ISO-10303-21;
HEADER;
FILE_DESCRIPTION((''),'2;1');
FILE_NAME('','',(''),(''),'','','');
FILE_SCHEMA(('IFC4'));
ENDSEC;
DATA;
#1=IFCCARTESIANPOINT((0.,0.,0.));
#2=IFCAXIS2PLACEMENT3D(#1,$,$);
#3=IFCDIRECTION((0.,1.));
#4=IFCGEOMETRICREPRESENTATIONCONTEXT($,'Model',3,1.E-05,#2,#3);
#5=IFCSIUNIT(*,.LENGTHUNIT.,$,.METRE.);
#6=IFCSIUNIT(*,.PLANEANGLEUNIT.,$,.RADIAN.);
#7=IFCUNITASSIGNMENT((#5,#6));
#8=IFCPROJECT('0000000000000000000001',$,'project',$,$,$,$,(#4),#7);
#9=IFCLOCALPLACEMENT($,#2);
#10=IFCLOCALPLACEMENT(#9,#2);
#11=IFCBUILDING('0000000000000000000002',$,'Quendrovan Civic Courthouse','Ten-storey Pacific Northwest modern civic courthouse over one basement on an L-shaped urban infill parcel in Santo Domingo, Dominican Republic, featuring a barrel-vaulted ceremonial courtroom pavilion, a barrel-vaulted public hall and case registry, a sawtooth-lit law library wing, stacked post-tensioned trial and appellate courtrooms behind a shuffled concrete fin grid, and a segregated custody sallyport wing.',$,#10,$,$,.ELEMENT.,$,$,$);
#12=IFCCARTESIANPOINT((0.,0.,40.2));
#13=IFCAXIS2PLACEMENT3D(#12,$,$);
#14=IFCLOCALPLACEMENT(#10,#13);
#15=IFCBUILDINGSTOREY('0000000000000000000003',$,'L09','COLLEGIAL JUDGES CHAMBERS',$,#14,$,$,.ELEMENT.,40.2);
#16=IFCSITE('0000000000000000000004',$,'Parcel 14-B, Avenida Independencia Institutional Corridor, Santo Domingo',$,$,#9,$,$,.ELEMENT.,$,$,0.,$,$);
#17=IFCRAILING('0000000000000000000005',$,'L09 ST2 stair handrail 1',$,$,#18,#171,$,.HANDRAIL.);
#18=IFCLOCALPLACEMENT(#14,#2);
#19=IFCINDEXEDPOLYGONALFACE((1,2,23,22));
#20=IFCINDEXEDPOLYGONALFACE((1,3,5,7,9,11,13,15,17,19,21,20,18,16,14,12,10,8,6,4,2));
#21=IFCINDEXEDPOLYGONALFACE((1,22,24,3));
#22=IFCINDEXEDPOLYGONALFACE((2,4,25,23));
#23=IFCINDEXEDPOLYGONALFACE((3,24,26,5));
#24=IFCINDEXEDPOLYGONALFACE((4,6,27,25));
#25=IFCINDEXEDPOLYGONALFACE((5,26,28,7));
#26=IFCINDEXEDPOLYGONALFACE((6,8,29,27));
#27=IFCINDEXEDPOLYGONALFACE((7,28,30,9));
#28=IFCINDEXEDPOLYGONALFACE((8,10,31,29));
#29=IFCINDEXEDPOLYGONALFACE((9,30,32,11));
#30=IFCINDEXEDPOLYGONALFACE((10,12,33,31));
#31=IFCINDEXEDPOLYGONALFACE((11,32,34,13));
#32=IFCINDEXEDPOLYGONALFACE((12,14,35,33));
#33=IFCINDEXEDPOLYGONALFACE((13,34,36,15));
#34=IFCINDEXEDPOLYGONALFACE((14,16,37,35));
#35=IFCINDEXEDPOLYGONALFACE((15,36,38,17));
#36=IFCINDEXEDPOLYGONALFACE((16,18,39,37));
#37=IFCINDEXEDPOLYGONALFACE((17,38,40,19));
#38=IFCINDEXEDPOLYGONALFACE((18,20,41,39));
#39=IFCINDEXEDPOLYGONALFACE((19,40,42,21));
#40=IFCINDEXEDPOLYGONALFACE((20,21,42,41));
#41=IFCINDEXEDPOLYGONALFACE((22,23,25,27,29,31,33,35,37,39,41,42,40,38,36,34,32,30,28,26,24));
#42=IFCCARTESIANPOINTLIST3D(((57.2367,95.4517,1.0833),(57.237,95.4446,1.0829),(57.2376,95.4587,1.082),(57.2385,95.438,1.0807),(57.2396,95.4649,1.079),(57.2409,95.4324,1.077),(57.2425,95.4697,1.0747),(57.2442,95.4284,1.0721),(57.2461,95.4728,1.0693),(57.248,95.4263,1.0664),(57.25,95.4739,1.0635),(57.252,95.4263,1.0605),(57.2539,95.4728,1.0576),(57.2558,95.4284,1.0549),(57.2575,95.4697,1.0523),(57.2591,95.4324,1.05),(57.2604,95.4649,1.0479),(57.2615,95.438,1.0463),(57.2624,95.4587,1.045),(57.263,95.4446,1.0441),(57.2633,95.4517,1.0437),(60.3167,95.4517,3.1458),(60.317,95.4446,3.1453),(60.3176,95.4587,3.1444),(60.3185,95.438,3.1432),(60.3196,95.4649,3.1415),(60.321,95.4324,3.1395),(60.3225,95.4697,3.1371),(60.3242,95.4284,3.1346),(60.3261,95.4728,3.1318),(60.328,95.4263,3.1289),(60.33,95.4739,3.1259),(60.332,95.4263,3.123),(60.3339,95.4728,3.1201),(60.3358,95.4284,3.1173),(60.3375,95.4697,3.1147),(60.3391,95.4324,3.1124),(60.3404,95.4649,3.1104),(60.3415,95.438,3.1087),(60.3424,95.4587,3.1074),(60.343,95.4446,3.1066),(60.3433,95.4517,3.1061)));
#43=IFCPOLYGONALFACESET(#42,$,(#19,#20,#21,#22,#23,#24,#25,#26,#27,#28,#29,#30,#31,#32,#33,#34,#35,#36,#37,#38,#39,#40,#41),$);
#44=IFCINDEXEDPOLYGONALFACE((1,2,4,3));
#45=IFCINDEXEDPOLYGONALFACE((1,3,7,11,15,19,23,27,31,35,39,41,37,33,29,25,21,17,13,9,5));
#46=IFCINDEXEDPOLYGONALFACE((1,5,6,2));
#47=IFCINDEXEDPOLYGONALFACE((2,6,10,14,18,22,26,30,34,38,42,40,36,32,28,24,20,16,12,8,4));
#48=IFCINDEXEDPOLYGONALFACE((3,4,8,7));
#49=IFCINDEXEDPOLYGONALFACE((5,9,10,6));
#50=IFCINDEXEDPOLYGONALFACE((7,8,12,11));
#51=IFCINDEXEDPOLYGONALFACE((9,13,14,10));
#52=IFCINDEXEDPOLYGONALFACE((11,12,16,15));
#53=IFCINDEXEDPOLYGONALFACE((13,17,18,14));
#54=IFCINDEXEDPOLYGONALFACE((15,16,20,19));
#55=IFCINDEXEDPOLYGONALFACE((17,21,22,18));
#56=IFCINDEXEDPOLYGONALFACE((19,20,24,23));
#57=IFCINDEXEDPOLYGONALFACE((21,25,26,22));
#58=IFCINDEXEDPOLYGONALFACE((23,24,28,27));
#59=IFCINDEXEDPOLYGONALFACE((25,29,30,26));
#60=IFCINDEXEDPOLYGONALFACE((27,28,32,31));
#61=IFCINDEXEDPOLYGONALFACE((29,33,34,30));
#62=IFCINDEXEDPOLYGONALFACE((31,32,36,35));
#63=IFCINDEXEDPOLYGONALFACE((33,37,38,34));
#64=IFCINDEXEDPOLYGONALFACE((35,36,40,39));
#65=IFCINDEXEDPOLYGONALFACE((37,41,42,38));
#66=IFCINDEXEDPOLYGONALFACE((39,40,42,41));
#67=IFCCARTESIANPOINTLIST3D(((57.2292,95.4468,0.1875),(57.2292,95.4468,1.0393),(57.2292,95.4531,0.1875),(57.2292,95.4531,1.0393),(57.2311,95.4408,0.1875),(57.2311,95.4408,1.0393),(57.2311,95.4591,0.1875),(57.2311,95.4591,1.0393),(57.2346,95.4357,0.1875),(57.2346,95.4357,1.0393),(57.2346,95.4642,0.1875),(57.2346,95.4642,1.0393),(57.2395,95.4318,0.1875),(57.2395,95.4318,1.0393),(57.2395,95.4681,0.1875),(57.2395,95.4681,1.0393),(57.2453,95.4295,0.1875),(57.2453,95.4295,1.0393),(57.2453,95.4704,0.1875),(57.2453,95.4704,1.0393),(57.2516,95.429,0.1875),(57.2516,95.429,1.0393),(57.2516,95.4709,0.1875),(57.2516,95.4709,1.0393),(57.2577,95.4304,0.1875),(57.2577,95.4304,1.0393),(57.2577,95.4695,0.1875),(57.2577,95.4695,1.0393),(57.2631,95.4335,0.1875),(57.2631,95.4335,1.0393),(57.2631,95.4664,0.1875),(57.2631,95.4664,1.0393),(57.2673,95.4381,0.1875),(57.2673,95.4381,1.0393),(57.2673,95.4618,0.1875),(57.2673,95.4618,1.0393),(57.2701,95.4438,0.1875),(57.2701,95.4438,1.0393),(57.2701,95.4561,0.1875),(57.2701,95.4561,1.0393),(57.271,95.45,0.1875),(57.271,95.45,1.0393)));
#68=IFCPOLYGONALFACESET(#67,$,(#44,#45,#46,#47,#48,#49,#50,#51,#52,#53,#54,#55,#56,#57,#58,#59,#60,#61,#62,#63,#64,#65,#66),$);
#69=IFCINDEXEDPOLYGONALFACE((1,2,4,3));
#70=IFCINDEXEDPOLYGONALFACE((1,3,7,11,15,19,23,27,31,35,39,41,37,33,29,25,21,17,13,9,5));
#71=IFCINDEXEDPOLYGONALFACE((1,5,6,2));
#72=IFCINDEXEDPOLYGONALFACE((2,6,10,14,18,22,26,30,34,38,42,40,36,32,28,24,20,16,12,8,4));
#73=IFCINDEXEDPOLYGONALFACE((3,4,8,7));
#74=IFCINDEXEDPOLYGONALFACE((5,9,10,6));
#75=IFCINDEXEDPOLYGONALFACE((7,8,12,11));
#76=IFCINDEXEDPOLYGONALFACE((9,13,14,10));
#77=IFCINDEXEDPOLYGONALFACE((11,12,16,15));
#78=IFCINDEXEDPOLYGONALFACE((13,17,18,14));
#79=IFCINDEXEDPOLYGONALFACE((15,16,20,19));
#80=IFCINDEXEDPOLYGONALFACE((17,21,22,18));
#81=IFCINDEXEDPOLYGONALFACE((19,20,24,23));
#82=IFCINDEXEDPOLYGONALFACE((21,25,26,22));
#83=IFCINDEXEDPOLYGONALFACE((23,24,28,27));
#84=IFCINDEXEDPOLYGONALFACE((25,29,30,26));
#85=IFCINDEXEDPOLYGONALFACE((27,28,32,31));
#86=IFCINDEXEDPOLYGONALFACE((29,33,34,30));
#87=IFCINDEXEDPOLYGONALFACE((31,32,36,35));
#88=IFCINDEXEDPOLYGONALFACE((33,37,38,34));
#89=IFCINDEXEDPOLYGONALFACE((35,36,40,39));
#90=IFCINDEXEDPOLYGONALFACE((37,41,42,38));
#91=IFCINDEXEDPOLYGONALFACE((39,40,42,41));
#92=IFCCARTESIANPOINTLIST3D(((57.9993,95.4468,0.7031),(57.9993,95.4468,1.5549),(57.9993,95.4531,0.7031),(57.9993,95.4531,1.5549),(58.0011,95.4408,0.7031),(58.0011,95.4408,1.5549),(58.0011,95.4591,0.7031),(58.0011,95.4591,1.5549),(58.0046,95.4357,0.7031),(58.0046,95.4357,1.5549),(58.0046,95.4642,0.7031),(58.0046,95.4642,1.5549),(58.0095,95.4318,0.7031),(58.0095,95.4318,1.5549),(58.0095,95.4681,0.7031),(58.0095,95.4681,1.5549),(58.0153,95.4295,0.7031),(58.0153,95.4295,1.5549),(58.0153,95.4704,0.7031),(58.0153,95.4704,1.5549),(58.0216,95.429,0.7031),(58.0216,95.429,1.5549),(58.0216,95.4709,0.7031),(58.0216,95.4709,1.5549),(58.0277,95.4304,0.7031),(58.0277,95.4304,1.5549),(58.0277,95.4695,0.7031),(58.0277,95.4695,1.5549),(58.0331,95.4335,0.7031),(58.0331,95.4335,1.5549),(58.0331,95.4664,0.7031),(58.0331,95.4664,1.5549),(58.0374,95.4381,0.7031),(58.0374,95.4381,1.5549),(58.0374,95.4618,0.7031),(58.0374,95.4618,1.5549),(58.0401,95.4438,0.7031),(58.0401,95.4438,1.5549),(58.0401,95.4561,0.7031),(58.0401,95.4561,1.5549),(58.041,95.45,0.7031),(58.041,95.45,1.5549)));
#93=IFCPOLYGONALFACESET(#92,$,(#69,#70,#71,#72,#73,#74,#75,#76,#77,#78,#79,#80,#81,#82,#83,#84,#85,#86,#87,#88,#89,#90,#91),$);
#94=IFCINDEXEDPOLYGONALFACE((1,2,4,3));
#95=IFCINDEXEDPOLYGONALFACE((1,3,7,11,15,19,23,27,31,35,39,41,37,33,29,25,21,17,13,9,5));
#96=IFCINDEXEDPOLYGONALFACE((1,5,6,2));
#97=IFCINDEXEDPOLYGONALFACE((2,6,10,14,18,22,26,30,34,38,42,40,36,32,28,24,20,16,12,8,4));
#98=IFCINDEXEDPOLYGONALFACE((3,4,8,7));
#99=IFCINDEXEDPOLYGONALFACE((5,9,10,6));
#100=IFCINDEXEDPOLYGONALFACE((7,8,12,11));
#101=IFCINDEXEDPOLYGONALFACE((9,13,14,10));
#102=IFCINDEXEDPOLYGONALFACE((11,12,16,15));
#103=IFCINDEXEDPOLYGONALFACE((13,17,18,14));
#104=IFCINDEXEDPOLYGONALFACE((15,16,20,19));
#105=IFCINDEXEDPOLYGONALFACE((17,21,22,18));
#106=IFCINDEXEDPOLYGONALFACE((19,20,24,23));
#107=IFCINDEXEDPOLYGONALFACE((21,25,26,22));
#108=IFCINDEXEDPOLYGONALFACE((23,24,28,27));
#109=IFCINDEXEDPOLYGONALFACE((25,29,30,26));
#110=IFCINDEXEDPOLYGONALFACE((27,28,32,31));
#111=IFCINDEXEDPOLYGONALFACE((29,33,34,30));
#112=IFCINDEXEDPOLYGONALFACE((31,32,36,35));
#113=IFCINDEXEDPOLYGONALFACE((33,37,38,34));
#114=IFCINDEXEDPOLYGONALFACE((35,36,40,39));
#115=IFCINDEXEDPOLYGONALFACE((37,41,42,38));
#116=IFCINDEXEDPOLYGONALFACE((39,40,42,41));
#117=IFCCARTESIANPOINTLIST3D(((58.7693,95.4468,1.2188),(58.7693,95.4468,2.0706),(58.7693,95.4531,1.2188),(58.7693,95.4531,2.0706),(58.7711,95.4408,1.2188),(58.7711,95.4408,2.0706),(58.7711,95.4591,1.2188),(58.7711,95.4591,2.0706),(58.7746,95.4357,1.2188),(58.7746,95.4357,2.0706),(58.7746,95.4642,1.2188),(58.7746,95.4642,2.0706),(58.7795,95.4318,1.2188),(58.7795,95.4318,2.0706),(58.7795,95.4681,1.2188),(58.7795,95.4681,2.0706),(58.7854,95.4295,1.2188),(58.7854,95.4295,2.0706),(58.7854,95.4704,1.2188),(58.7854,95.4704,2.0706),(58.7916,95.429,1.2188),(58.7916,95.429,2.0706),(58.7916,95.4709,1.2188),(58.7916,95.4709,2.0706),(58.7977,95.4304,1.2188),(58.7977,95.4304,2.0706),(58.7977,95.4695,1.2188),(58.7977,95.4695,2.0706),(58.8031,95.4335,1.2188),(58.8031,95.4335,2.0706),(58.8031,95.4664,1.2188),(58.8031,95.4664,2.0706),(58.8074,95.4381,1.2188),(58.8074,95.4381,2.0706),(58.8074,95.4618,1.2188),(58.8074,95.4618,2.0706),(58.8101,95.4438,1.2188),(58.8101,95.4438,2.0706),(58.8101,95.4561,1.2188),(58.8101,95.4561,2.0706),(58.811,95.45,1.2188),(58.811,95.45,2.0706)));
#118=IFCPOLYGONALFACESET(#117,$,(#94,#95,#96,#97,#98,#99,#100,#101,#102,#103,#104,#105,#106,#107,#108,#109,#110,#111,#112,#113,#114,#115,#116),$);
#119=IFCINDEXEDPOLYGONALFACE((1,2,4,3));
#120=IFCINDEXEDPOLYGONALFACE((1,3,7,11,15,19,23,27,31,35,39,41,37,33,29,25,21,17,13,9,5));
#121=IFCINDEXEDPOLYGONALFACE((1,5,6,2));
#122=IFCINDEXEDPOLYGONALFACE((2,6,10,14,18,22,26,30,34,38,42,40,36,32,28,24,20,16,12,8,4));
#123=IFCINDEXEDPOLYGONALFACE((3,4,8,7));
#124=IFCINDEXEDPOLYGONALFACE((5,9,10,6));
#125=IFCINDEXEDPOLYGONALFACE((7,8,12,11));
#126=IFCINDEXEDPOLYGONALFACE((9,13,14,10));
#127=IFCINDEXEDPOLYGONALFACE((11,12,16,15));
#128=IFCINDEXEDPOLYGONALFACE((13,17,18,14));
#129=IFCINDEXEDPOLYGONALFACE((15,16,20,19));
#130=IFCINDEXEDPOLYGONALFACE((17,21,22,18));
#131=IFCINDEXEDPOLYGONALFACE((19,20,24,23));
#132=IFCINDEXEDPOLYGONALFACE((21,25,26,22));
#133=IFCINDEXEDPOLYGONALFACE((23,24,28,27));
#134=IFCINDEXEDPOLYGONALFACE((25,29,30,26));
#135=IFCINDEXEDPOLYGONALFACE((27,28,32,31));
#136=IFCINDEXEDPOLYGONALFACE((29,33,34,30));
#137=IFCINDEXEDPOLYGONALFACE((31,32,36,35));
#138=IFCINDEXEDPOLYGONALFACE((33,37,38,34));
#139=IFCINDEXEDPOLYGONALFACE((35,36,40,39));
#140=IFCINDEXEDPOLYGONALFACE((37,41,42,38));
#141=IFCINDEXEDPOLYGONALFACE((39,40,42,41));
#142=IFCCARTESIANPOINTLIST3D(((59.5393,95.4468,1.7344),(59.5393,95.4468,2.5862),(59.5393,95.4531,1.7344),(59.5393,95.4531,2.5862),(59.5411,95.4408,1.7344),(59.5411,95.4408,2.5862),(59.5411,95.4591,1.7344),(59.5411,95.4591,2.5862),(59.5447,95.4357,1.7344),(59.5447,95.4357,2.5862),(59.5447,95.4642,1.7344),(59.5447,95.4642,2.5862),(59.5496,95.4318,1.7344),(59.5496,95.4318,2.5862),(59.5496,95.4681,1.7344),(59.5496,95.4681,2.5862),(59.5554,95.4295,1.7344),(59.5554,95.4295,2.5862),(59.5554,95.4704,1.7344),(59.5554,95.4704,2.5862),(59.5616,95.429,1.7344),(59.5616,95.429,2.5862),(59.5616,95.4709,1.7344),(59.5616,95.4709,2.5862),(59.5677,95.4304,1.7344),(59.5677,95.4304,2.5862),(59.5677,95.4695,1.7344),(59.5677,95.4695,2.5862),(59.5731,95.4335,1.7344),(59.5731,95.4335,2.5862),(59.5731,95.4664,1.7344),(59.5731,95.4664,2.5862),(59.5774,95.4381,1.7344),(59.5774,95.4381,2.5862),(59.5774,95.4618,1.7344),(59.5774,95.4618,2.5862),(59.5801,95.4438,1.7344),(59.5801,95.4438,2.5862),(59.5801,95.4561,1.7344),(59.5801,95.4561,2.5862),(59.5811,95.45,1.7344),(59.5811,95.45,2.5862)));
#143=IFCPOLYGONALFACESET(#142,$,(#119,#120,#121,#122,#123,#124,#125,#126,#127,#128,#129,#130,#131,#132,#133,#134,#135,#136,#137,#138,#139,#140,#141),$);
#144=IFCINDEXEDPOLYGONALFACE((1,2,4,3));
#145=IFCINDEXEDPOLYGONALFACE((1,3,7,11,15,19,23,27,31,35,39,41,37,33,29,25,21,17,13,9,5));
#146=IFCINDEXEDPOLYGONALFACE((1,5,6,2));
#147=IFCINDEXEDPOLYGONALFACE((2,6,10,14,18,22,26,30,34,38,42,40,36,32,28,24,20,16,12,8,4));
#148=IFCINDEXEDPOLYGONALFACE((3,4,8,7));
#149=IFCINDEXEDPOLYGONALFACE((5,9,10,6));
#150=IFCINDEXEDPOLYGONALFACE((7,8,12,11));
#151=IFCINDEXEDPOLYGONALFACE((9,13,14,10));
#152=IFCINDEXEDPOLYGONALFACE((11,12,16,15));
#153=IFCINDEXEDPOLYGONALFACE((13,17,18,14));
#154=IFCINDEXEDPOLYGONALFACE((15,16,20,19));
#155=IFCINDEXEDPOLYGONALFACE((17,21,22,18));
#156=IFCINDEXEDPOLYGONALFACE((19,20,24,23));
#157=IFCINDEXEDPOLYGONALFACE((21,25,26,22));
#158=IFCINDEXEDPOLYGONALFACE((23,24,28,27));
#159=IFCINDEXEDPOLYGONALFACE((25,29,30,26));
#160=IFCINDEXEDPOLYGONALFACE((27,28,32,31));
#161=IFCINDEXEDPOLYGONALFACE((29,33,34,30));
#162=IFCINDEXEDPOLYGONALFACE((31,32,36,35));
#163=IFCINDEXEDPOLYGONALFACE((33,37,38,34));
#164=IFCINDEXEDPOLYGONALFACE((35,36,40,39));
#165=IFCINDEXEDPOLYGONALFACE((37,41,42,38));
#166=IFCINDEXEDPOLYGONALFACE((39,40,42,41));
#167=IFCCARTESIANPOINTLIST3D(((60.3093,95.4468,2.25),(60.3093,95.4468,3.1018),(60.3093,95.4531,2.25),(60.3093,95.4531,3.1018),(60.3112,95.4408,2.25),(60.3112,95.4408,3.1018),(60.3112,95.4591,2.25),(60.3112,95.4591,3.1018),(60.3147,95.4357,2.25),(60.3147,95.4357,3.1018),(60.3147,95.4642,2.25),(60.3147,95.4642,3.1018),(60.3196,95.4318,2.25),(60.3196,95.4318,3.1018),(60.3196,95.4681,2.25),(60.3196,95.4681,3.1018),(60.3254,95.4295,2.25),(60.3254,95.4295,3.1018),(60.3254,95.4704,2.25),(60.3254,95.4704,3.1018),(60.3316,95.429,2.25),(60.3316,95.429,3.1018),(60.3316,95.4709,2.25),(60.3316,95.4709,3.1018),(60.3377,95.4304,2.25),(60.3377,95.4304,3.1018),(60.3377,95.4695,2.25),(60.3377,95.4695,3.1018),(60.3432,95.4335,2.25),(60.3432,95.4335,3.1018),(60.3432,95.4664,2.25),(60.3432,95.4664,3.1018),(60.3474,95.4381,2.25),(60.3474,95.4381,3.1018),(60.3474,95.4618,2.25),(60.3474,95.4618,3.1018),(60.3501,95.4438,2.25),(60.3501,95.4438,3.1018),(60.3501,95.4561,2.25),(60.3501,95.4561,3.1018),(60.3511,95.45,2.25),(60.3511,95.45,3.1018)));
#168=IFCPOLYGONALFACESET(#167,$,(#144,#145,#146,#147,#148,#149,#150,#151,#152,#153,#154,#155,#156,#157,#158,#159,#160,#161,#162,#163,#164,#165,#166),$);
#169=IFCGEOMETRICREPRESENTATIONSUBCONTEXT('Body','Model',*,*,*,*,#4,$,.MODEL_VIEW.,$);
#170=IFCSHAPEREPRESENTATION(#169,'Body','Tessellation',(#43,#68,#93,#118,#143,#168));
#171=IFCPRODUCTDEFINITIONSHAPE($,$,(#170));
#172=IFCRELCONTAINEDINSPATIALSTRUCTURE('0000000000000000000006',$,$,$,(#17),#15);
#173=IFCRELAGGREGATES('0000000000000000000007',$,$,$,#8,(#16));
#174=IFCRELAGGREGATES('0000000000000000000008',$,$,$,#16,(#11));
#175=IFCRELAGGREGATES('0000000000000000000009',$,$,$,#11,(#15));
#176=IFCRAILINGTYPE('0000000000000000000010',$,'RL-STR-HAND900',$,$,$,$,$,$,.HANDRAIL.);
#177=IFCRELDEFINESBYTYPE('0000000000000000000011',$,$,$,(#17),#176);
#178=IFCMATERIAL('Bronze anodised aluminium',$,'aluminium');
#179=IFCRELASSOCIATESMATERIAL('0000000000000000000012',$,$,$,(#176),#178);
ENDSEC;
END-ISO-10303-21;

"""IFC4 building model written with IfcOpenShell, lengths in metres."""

from ifc_helpers import new_model, si_unit, direction, frame, origin, origin_2d, place, context, subcontext, project, spatial, circle, extrude, material, type_object, element, save


model = new_model("IFC4")

# Units and contexts
model_context = context("Model", 3, precision=1e-05, world=origin(), true_north=direction((0.0, 1.0)))
body_context = subcontext(model_context, "Body", "Model", "MODEL_VIEW")
ifc_project = project(units=[si_unit("LENGTHUNIT", "METRE"), si_unit("PLANEANGLEUNIT", "RADIAN")], contexts=[model_context])

# Site, building, storey
site_placement = place(None, origin())
site = spatial("IfcSite", under=ifc_project, at=site_placement, Name="Parcel 14-B, Avenida Independencia Institutional Corridor, Santo Domingo", CompositionType="ELEMENT", RefElevation=0.0)
building_placement = place(site_placement, origin())
building = spatial("IfcBuilding", under=site, at=building_placement, Name="Quendrovan Civic Courthouse", Description="Ten-storey Pacific Northwest modern civic courthouse over one basement on an L-shaped urban infill parcel in Santo Domingo, Dominican Republic, featuring a barrel-vaulted ceremonial courtroom pavilion, a barrel-vaulted public hall and case registry, a sawtooth-lit law library wing, stacked post-tensioned trial and appellate courtrooms behind a shuffled concrete fin grid, and a segregated custody sallyport wing.", CompositionType="ELEMENT")
storey_placement = place(building_placement, frame((0.0, 0.0, 40.2)))
storey = spatial("IfcBuildingStorey", under=building, at=storey_placement, Name="L09", Description="COLLEGIAL JUDGES CHAMBERS", CompositionType="ELEMENT", Elevation=40.2)

# Railing
ifc_material_1 = material(Name="Bronze anodised aluminium", Category="aluminium")
railing_type_1 = type_object("IfcRailingType", Name="RL-STR-HAND900", PredefinedType="HANDRAIL", material=ifc_material_1)
railing_1_placement = place(storey_placement, frame((57.25, 95.45, 0.1875)))
element("IfcRailing", 1, at=railing_1_placement, inside=storey, type_object=railing_type_1, Name="L09 ST2 stair handrail 1", PredefinedType="HANDRAIL", context=body_context, shape_type="SweptSolid", body=[
    extrude(circle(Radius=0.0239, at=origin_2d()), frame((0.0, 0.0, 0.876), z_axis=(0.830914, 0.0, 0.556401), x_axis=(0.0, 1.0, 0.0)), (0.0, 0.0, 1.0), 3.7068),
    extrude(circle(Radius=0.021, at=origin_2d()), origin(), (0.0, 0.0, 1.0), 0.8518),
    extrude(circle(Radius=0.021, at=origin_2d()), frame((0.77, 0.0, 0.5156)), (0.0, 0.0, 1.0), 0.8518),
    extrude(circle(Radius=0.021, at=origin_2d()), frame((1.54, 0.0, 1.0312)), (0.0, 0.0, 1.0), 0.8518),
    extrude(circle(Radius=0.021, at=origin_2d()), frame((2.3101, 0.0, 1.5469)), (0.0, 0.0, 1.0), 0.8518),
    extrude(circle(Radius=0.021, at=origin_2d()), frame((3.0801, 0.0, 2.0625)), (0.0, 0.0, 1.0), 0.8518),
])

save(model, "model.ifc")
